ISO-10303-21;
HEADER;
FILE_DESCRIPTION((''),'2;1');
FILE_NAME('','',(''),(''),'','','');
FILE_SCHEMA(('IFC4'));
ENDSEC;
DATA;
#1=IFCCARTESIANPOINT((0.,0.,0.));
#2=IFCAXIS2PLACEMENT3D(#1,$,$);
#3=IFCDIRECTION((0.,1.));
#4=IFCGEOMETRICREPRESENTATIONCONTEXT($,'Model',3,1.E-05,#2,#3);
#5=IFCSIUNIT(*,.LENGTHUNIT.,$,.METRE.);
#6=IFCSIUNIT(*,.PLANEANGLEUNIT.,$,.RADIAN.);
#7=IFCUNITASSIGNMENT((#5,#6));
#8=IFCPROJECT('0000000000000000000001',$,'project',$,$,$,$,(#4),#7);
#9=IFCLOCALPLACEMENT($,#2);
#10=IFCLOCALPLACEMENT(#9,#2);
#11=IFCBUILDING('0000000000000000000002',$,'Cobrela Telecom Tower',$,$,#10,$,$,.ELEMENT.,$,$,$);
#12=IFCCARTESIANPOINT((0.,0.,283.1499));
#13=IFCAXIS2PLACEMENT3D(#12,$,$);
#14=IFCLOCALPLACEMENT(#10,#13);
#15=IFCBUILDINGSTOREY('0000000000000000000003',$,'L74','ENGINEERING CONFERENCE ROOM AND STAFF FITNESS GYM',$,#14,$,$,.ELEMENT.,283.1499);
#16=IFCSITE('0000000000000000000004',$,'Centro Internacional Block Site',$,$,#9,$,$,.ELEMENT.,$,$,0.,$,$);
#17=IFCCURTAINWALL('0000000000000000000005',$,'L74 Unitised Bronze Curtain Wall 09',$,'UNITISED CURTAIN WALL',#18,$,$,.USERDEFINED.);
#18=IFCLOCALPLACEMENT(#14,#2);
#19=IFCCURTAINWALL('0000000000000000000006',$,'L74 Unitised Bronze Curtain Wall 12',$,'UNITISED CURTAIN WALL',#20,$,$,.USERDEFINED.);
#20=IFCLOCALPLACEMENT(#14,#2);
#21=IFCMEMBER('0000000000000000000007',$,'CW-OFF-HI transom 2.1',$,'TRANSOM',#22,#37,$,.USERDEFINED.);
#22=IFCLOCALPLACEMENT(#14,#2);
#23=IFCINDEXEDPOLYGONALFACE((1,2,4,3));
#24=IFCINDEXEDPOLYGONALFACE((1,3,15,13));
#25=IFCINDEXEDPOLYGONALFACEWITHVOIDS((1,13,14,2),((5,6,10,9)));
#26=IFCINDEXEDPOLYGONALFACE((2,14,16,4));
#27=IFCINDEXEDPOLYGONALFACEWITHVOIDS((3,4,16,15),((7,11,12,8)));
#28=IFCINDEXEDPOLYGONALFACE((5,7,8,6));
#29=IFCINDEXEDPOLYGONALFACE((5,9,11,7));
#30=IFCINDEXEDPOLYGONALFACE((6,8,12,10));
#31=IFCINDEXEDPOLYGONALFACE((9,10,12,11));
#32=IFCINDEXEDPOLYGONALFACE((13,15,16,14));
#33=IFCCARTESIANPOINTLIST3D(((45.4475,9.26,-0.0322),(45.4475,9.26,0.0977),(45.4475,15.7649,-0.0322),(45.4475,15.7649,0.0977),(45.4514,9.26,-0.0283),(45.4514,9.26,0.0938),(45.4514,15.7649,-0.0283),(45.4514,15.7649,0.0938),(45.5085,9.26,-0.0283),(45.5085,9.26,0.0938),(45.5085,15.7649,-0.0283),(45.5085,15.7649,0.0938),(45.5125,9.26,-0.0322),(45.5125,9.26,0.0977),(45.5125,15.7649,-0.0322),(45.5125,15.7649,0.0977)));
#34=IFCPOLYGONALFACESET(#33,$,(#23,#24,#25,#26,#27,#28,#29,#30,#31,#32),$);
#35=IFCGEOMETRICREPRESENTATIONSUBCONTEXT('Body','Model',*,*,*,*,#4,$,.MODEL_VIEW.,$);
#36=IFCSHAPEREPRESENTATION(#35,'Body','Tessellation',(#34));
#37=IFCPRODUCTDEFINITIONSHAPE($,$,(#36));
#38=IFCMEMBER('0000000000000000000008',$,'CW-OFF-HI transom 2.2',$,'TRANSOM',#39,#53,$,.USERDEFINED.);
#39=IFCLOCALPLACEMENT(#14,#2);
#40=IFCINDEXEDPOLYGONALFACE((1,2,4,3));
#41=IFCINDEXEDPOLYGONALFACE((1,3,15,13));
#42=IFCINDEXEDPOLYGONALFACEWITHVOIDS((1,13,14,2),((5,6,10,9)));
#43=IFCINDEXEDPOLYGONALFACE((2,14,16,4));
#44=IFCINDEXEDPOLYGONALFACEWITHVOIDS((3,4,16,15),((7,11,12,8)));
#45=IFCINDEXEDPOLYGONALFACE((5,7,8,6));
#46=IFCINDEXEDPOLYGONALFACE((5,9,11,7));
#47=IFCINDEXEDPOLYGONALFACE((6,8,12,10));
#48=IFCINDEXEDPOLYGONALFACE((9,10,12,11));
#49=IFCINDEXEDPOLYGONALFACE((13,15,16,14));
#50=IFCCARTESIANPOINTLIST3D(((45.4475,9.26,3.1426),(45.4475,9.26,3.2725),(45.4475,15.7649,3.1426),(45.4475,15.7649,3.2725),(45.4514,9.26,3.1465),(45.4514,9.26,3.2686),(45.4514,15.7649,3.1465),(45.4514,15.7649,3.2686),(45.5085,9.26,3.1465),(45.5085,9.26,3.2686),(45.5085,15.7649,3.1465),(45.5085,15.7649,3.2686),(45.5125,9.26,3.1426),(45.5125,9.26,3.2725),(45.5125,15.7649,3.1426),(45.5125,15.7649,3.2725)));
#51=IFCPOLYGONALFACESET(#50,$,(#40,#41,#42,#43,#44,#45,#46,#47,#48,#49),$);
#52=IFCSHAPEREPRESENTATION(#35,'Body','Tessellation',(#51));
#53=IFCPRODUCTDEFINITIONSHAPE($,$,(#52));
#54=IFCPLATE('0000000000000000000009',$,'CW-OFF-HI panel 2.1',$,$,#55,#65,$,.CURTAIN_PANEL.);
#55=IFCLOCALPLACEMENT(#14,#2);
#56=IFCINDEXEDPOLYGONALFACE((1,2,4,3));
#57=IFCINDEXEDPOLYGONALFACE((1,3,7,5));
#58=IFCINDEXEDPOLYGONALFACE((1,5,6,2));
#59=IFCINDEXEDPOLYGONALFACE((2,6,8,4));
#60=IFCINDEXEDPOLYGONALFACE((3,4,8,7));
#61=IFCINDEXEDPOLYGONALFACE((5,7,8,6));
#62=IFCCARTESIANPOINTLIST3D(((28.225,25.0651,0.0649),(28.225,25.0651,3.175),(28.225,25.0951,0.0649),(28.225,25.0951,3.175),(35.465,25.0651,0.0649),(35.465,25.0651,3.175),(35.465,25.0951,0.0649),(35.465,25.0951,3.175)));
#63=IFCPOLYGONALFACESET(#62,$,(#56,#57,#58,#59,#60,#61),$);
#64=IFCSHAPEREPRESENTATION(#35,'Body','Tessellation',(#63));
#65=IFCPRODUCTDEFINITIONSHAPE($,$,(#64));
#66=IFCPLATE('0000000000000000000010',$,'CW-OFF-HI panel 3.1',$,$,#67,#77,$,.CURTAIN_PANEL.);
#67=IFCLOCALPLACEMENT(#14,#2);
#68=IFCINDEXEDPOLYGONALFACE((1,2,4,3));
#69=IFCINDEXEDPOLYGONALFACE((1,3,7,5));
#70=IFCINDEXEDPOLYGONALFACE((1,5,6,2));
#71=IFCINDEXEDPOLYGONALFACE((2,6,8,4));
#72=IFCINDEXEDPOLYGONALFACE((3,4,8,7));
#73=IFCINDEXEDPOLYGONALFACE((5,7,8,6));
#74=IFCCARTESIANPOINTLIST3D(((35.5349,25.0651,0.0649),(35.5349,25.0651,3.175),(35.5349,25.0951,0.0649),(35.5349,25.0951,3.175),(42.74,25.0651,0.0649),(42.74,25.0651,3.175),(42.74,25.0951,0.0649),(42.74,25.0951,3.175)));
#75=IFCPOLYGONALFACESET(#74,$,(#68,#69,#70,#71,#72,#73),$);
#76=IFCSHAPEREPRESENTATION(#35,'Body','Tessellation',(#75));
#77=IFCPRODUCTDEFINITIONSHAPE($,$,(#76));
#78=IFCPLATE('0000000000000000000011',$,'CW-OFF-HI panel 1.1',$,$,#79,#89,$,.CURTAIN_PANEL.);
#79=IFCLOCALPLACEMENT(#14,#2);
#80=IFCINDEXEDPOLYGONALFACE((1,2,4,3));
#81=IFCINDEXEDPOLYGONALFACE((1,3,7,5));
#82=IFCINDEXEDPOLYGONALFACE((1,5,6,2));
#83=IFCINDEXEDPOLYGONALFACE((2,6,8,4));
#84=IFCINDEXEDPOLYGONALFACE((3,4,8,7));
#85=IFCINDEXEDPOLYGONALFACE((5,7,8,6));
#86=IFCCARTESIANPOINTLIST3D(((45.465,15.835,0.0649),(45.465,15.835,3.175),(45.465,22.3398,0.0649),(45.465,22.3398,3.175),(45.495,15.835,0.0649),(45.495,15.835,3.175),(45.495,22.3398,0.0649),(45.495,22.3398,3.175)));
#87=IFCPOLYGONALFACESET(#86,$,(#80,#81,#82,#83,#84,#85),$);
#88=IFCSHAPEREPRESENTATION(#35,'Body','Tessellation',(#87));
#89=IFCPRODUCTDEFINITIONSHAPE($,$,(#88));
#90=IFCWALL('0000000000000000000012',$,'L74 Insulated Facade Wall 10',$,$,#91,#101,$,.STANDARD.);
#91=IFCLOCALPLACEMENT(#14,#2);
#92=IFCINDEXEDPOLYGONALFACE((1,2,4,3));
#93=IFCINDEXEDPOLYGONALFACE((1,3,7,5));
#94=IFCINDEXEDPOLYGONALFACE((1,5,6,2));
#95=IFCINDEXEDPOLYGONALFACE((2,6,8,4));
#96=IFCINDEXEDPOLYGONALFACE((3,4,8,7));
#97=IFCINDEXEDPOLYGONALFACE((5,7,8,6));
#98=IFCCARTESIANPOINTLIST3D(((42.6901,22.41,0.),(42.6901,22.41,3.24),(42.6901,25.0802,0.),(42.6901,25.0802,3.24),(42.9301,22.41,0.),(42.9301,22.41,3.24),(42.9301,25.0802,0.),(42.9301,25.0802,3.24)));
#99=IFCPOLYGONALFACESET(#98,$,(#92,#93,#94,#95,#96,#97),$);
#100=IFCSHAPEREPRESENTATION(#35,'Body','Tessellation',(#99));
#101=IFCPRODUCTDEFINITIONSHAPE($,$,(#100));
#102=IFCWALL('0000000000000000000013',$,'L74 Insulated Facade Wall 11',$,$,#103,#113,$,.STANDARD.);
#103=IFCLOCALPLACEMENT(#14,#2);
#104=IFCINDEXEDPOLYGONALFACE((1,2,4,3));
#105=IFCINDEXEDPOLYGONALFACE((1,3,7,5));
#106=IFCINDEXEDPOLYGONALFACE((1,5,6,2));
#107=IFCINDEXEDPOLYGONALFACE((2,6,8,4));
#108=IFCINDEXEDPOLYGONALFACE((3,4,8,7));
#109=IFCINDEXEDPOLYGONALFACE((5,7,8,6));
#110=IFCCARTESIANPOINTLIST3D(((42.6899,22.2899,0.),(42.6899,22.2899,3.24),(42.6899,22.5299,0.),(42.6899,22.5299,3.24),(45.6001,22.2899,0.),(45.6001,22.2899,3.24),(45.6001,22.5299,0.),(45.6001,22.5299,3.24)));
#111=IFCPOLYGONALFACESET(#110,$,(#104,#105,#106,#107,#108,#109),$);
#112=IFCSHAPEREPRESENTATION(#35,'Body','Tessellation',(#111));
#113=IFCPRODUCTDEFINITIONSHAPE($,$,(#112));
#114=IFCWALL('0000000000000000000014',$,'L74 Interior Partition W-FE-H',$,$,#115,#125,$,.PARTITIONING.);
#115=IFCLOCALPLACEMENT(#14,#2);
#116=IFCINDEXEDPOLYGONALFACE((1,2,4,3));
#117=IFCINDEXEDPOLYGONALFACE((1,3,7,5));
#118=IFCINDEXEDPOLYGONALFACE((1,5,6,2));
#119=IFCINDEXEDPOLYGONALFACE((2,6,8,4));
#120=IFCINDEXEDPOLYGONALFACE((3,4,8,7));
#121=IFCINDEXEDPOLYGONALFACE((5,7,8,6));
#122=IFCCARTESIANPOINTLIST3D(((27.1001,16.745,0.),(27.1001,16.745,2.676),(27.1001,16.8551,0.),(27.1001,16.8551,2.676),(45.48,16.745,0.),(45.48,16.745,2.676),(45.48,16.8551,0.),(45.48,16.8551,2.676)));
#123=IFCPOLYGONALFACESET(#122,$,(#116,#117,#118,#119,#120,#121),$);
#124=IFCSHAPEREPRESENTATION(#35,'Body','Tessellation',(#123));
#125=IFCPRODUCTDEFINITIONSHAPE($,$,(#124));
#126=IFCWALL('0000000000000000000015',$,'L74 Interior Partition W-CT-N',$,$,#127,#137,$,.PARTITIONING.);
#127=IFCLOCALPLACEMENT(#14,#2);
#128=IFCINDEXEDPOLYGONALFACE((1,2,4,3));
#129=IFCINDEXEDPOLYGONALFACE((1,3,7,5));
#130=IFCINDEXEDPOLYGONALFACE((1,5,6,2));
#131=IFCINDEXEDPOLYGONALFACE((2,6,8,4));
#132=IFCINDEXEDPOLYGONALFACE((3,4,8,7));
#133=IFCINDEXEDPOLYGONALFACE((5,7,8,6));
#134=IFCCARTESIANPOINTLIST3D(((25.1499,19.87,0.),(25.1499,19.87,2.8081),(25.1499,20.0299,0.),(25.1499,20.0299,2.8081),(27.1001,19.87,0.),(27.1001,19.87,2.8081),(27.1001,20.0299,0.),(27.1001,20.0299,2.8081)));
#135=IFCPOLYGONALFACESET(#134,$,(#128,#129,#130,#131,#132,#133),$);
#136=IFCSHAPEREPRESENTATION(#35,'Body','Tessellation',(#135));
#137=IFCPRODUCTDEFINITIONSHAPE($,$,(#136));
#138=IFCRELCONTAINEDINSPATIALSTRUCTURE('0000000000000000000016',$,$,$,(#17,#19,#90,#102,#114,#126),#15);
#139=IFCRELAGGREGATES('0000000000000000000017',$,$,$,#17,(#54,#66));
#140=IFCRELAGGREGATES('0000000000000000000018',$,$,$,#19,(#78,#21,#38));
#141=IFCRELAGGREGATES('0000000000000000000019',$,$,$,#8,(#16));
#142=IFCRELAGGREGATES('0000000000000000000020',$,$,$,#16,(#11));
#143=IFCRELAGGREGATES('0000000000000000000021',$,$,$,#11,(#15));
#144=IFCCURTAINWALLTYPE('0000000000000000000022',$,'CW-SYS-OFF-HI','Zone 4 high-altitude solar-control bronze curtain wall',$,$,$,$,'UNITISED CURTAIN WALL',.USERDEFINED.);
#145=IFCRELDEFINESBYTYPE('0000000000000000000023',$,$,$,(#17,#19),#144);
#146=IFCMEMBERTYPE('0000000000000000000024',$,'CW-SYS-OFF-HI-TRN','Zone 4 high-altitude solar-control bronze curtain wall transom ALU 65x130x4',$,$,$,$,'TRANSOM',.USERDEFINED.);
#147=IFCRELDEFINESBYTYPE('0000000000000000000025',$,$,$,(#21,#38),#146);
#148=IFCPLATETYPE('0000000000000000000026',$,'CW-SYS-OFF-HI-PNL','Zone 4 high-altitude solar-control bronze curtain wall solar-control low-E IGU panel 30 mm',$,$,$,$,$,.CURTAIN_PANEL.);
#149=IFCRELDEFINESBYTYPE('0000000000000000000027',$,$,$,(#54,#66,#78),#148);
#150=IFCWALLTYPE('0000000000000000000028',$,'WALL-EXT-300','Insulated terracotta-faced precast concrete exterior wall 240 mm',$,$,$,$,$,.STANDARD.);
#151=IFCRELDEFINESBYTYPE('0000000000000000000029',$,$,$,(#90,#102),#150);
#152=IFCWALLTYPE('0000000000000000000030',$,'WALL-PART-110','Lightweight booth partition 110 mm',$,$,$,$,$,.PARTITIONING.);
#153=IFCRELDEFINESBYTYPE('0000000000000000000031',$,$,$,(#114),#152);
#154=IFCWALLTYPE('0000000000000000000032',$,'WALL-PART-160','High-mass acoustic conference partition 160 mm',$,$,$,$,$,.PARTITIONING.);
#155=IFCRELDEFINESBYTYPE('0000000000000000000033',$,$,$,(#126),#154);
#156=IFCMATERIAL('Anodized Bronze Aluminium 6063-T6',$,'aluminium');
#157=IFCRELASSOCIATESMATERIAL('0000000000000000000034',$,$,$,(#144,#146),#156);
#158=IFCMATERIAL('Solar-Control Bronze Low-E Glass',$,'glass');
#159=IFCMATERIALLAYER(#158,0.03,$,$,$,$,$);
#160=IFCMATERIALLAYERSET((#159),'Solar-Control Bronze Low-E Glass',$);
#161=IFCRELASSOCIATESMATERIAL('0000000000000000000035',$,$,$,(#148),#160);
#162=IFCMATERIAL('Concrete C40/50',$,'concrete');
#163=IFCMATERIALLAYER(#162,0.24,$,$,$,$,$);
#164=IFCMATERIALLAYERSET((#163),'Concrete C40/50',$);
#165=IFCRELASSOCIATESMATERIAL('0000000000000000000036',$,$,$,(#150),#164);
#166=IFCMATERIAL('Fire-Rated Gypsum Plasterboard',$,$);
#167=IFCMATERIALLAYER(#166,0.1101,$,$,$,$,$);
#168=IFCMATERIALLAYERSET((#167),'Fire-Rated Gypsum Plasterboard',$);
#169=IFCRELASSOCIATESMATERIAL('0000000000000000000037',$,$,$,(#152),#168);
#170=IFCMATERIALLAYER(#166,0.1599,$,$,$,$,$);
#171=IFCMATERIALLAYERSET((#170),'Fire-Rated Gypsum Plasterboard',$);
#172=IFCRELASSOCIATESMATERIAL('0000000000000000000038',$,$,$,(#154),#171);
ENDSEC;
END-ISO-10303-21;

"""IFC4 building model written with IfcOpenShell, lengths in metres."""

from ifc_helpers import new_model, si_unit, direction, frame, frame_2d, origin, origin_2d, place, context, subcontext, project, spatial, rectangle, hollow_rectangle, extrude, material, layer, layer_set, material_profile, profile_set, type_object, element, aggregate, save


model = new_model("IFC4")

# Units and contexts
model_context = context("Model", 3, precision=1e-05, world=origin(), true_north=direction((0.0, 1.0)))
body_context = subcontext(model_context, "Body", "Model", "MODEL_VIEW")
ifc_project = project(units=[si_unit("LENGTHUNIT", "METRE"), si_unit("PLANEANGLEUNIT", "RADIAN")], contexts=[model_context])

# Site, building, storey
site_placement = place(None, origin())
site = spatial("IfcSite", under=ifc_project, at=site_placement, Name="Centro Internacional Block Site", CompositionType="ELEMENT", RefElevation=0.0)
building_placement = place(site_placement, origin())
building = spatial("IfcBuilding", under=site, at=building_placement, Name="Cobrela Telecom Tower", CompositionType="ELEMENT")
storey_placement = place(building_placement, frame((0.0, 0.0, 283.1499)))
storey = spatial("IfcBuildingStorey", under=building, at=storey_placement, Name="L74", Description="ENGINEERING CONFERENCE ROOM AND STAFF FITNESS GYM", CompositionType="ELEMENT", Elevation=283.1499)

# Curtain walls
ifc_material_1 = material(Name="Anodized Bronze Aluminium 6063-T6", Category="aluminium")
curtain_wall_type = type_object("IfcCurtainWallType", Name="CW-SYS-OFF-HI", Description="Zone 4 high-altitude solar-control bronze curtain wall", ElementType="UNITISED CURTAIN WALL", PredefinedType="USERDEFINED", material=ifc_material_1)
curtain_wall_1_placement = place(storey_placement, origin())
curtain_wall_1 = element("IfcCurtainWall", 1, at=curtain_wall_1_placement, inside=storey, type_object=curtain_wall_type, Name="L74 Unitised Bronze Curtain Wall 09", ObjectType="UNITISED CURTAIN WALL", PredefinedType="USERDEFINED")
curtain_wall_2_placement = place(storey_placement, origin())
curtain_wall_2 = element("IfcCurtainWall", 2, at=curtain_wall_2_placement, inside=storey, type_object=curtain_wall_type, Name="L74 Unitised Bronze Curtain Wall 12", ObjectType="UNITISED CURTAIN WALL", PredefinedType="USERDEFINED")

# Members
ifc_material_profile_1 = material_profile(ifc_material_1, hollow_rectangle(XDim=0.0649, YDim=0.1299, WallThickness=0.0039, at=origin_2d()), Name="ALU 65x130x4")
ifc_profile_set_1 = profile_set([ifc_material_profile_1], Name="Anodized Bronze Aluminium 6063-T6")
member_type_1 = type_object("IfcMemberType", Name="CW-SYS-OFF-HI-TRN", Description="Zone 4 high-altitude solar-control bronze curtain wall transom ALU 65x130x4", ElementType="TRANSOM", PredefinedType="USERDEFINED", material=ifc_profile_set_1)
member_1_placement = place(storey_placement, frame((45.48, 15.7649, 0.0327), z_axis=(0.0, -1.0, 0.0), x_axis=(1.0, 0.0, 0.0)))
member_1 = element("IfcMember", 3, at=member_1_placement, type_object=member_type_1, Name="CW-OFF-HI transom 2.1", ObjectType="TRANSOM", PredefinedType="USERDEFINED", context=body_context, shape_type="SweptSolid", body=[
    extrude(hollow_rectangle(XDim=0.0649, YDim=0.1299, WallThickness=0.0039, at=origin_2d()), origin(), (0.0, 0.0, 1.0), 6.5049),
])
member_2_placement = place(storey_placement, frame((45.48, 15.7649, 3.2075), z_axis=(0.0, -1.0, 0.0), x_axis=(1.0, 0.0, 0.0)))
member_2 = element("IfcMember", 4, at=member_2_placement, type_object=member_type_1, Name="CW-OFF-HI transom 2.2", ObjectType="TRANSOM", PredefinedType="USERDEFINED", context=body_context, shape_type="SweptSolid", body=[
    extrude(hollow_rectangle(XDim=0.0649, YDim=0.1299, WallThickness=0.0039, at=origin_2d()), origin(), (0.0, 0.0, 1.0), 6.5049),
])

# Plates
ifc_material_2 = material(Name="Solar-Control Bronze Low-E Glass", Category="glass")
ifc_layer_1 = layer(ifc_material_2, 0.03)
ifc_layer_set_1 = layer_set([ifc_layer_1], Name="Solar-Control Bronze Low-E Glass")
plate_type = type_object("IfcPlateType", Name="CW-SYS-OFF-HI-PNL", Description="Zone 4 high-altitude solar-control bronze curtain wall solar-control low-E IGU panel 30 mm", PredefinedType="CURTAIN_PANEL", material=ifc_layer_set_1)
plate_1_placement = place(storey_placement, frame((31.845, 25.0801, 0.0649), z_axis=(0.0, 0.0, 1.0), x_axis=(1.0, 0.0, 0.0)))
plate_1 = element("IfcPlate", 5, at=plate_1_placement, type_object=plate_type, Name="CW-OFF-HI panel 2.1", PredefinedType="CURTAIN_PANEL", context=body_context, shape_type="SweptSolid", body=[
    extrude(rectangle(XDim=7.24, YDim=0.03, at=origin_2d()), origin(), (0.0, 0.0, 1.0), 3.1101),
])
plate_2_placement = place(storey_placement, frame((39.1375, 25.0801, 0.0649), z_axis=(0.0, 0.0, 1.0), x_axis=(1.0, 0.0, 0.0)))
plate_2 = element("IfcPlate", 6, at=plate_2_placement, type_object=plate_type, Name="CW-OFF-HI panel 3.1", PredefinedType="CURTAIN_PANEL", context=body_context, shape_type="SweptSolid", body=[
    extrude(rectangle(XDim=7.2051, YDim=0.03, at=origin_2d()), origin(), (0.0, 0.0, 1.0), 3.1101),
])
aggregate(curtain_wall_1, [plate_1, plate_2])
plate_3_placement = place(storey_placement, frame((45.48, 19.0874, 0.0649), z_axis=(0.0, 0.0, 1.0), x_axis=(0.0, -1.0, 0.0)))
plate_3 = element("IfcPlate", 7, at=plate_3_placement, type_object=plate_type, Name="CW-OFF-HI panel 1.1", PredefinedType="CURTAIN_PANEL", context=body_context, shape_type="SweptSolid", body=[
    extrude(rectangle(XDim=6.5049, YDim=0.03, at=origin_2d()), origin(), (0.0, 0.0, 1.0), 3.1101),
])
aggregate(curtain_wall_2, [plate_3, member_1, member_2])

# Walls
ifc_material_3 = material(Name="Concrete C40/50", Category="concrete")
ifc_layer_2 = layer(ifc_material_3, 0.24)
ifc_layer_set_2 = layer_set([ifc_layer_2], Name="Concrete C40/50")
wall_type_1 = type_object("IfcWallType", Name="WALL-EXT-300", Description="Insulated terracotta-faced precast concrete exterior wall 240 mm", PredefinedType="STANDARD", material=ifc_layer_set_2)
wall_1_placement = place(storey_placement, frame((42.8101, 25.0801, 0.0), z_axis=(0.0, 0.0, 1.0), x_axis=(0.0, -1.0, 0.0)))
element("IfcWall", 8, at=wall_1_placement, inside=storey, type_object=wall_type_1, Name="L74 Insulated Facade Wall 10", PredefinedType="STANDARD", context=body_context, shape_type="SweptSolid", body=[
    extrude(rectangle(XDim=2.6702, YDim=0.24, at=frame_2d((1.335, 0.0))), origin(), (0.0, 0.0, 1.0), 3.24),
])
wall_2_placement = place(storey_placement, frame((42.6899, 22.4099, 0.0), z_axis=(0.0, 0.0, 1.0), x_axis=(1.0, 0.0, 0.0)))
element("IfcWall", 9, at=wall_2_placement, inside=storey, type_object=wall_type_1, Name="L74 Insulated Facade Wall 11", PredefinedType="STANDARD", context=body_context, shape_type="SweptSolid", body=[
    extrude(rectangle(XDim=2.9102, YDim=0.24, at=frame_2d((1.4551, 0.0))), origin(), (0.0, 0.0, 1.0), 3.24),
])
ifc_material_4 = material(Name="Fire-Rated Gypsum Plasterboard")
ifc_layer_3 = layer(ifc_material_4, 0.1101)
ifc_layer_set_3 = layer_set([ifc_layer_3], Name="Fire-Rated Gypsum Plasterboard")
wall_type_2 = type_object("IfcWallType", Name="WALL-PART-110", Description="Lightweight booth partition 110 mm", PredefinedType="PARTITIONING", material=ifc_layer_set_3)
wall_3_placement = place(storey_placement, frame((27.1001, 16.8, 0.0), z_axis=(0.0, 0.0, 1.0), x_axis=(1.0, 0.0, 0.0)))
element("IfcWall", 10, at=wall_3_placement, inside=storey, type_object=wall_type_2, Name="L74 Interior Partition W-FE-H", PredefinedType="PARTITIONING", context=body_context, shape_type="SweptSolid", body=[
    extrude(rectangle(XDim=18.3799, YDim=0.1101, at=frame_2d((9.1899, 0.0))), origin(), (0.0, 0.0, 1.0), 2.676),
])
ifc_layer_4 = layer(ifc_material_4, 0.1599)
ifc_layer_set_4 = layer_set([ifc_layer_4], Name="Fire-Rated Gypsum Plasterboard")
wall_type_3 = type_object("IfcWallType", Name="WALL-PART-160", Description="High-mass acoustic conference partition 160 mm", PredefinedType="PARTITIONING", material=ifc_layer_set_4)
wall_4_placement = place(storey_placement, frame((25.1499, 19.95, 0.0), z_axis=(0.0, 0.0, 1.0), x_axis=(1.0, 0.0, 0.0)))
element("IfcWall", 11, at=wall_4_placement, inside=storey, type_object=wall_type_3, Name="L74 Interior Partition W-CT-N", PredefinedType="PARTITIONING", context=body_context, shape_type="SweptSolid", body=[
    extrude(rectangle(XDim=1.9502, YDim=0.1599, at=frame_2d((0.9751, 0.0))), origin(), (0.0, 0.0, 1.0), 2.8081),
])

save(model, "model.ifc")
